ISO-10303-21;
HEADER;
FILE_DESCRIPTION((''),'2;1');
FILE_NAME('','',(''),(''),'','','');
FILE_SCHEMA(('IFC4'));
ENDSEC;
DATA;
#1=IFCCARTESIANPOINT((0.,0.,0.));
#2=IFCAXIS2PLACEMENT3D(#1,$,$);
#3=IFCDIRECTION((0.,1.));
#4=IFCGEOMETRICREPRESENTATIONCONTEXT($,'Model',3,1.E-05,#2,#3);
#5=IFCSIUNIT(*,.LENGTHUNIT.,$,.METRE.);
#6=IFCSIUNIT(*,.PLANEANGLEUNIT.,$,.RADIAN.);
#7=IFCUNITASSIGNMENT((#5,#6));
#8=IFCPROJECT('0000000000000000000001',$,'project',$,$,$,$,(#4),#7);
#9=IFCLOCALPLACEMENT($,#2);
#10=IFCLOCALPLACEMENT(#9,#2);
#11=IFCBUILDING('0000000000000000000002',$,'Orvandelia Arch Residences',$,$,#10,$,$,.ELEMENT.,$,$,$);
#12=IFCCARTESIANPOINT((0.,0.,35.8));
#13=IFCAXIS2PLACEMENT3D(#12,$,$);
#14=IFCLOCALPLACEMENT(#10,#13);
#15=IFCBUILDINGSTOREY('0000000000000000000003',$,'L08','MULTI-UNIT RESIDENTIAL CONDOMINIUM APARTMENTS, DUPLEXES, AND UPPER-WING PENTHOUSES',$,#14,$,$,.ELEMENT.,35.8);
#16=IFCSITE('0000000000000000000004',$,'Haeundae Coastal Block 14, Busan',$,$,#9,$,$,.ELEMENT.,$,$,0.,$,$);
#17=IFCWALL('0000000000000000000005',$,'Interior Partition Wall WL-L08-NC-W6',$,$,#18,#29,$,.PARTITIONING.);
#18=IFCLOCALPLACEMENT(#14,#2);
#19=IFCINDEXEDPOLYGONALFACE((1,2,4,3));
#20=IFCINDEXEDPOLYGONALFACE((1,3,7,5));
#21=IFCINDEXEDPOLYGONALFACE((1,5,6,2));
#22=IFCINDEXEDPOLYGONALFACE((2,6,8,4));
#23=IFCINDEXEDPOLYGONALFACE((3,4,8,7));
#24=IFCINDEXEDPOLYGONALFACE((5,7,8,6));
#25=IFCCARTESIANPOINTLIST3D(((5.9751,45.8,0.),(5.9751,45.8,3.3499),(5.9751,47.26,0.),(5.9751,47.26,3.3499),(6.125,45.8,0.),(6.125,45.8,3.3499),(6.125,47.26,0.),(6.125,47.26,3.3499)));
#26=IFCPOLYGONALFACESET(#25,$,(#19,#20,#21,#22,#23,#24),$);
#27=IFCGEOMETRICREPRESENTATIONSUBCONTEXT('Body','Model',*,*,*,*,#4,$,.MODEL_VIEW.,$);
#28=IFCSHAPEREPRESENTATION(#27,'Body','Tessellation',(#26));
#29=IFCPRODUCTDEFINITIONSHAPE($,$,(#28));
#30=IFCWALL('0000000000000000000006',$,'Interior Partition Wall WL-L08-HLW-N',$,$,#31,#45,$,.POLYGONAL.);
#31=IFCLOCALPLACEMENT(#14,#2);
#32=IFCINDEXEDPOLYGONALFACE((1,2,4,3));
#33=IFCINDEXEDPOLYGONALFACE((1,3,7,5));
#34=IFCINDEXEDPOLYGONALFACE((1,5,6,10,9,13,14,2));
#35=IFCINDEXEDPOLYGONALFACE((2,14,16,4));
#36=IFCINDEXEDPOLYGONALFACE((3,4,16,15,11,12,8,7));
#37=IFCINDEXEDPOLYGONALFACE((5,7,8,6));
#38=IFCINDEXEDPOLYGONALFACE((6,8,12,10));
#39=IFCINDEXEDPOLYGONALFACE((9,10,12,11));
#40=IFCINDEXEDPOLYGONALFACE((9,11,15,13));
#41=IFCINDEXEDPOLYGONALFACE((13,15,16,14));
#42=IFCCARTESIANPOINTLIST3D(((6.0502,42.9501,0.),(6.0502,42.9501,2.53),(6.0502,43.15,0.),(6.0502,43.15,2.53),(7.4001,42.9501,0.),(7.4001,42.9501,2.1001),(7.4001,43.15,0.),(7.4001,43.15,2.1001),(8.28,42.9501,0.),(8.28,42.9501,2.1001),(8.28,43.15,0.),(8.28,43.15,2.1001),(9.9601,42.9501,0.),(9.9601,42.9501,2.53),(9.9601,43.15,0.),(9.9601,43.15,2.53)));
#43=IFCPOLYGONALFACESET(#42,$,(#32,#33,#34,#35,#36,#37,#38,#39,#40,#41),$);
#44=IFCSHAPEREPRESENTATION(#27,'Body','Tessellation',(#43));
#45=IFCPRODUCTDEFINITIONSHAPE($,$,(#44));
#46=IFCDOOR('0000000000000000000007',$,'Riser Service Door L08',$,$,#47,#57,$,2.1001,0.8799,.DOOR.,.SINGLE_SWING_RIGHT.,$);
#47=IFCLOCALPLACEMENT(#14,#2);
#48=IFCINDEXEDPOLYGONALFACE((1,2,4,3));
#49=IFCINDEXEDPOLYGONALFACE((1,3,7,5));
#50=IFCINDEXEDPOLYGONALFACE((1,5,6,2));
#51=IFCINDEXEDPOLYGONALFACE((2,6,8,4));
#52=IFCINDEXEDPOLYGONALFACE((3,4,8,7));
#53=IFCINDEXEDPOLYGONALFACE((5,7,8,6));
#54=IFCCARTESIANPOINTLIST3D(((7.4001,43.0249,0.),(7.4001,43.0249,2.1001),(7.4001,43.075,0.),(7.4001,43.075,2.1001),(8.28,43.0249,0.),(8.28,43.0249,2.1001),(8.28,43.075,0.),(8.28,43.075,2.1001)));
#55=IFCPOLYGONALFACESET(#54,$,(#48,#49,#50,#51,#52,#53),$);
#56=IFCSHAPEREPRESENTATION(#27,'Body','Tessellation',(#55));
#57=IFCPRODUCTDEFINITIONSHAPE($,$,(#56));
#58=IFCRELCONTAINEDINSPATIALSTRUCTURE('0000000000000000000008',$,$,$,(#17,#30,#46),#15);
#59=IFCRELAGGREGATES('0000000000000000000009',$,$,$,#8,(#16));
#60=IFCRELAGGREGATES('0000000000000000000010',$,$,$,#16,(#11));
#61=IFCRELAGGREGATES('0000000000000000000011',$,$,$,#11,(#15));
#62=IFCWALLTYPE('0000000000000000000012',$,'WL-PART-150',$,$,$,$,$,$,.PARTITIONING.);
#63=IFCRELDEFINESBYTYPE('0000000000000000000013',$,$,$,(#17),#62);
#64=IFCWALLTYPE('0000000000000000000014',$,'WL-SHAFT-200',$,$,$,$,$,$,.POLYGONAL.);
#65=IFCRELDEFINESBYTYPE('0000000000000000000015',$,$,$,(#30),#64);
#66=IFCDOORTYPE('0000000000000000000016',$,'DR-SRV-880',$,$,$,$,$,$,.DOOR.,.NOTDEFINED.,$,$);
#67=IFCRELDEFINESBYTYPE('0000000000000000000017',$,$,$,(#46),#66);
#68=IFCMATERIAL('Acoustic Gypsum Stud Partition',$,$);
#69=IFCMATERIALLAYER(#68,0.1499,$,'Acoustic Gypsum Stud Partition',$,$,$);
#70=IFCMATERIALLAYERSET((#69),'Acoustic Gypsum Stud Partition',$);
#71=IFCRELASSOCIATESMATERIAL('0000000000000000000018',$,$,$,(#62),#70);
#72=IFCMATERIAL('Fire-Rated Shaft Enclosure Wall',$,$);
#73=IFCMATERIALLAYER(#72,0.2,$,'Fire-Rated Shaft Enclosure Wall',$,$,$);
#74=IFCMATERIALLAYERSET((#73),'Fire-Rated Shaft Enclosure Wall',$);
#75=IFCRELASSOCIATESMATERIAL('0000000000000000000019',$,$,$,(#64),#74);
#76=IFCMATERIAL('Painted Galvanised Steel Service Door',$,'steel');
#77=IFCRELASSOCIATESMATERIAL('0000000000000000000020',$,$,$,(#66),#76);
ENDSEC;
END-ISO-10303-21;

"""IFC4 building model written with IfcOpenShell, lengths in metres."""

from ifc_helpers import new_model, si_unit, direction, frame, frame_2d, origin, place, context, subcontext, project, spatial, rectangle, extrude, material, layer, layer_set, type_object, element, fill, save


model = new_model("IFC4")

# Units and contexts
model_context = context("Model", 3, precision=1e-05, world=origin(), true_north=direction((0.0, 1.0)))
body_context = subcontext(model_context, "Body", "Model", "MODEL_VIEW")
ifc_project = project(units=[si_unit("LENGTHUNIT", "METRE"), si_unit("PLANEANGLEUNIT", "RADIAN")], contexts=[model_context])

# Site, building, storey
site_placement = place(None, origin())
site = spatial("IfcSite", under=ifc_project, at=site_placement, Name="Haeundae Coastal Block 14, Busan", CompositionType="ELEMENT", RefElevation=0.0)
building_placement = place(site_placement, origin())
building = spatial("IfcBuilding", under=site, at=building_placement, Name="Orvandelia Arch Residences", CompositionType="ELEMENT")
storey_placement = place(building_placement, frame((0.0, 0.0, 35.8)))
storey = spatial("IfcBuildingStorey", under=building, at=storey_placement, Name="L08", Description="MULTI-UNIT RESIDENTIAL CONDOMINIUM APARTMENTS, DUPLEXES, AND UPPER-WING PENTHOUSES", CompositionType="ELEMENT", Elevation=35.8)

# Wall
ifc_material_1 = material(Name="Acoustic Gypsum Stud Partition")
ifc_layer_1 = layer(ifc_material_1, 0.1499, Name="Acoustic Gypsum Stud Partition")
ifc_layer_set_1 = layer_set([ifc_layer_1], Name="Acoustic Gypsum Stud Partition")
wall_type_1 = type_object("IfcWallType", Name="WL-PART-150", PredefinedType="PARTITIONING", material=ifc_layer_set_1)
wall_1_placement = place(storey_placement, frame((6.05, 45.8, 0.0), z_axis=(0.0, 0.0, 1.0), x_axis=(0.0, 1.0, 0.0)))
element("IfcWall", 1, at=wall_1_placement, inside=storey, type_object=wall_type_1, Name="Interior Partition Wall WL-L08-NC-W6", PredefinedType="PARTITIONING", context=body_context, shape_type="SweptSolid", body=[
    extrude(rectangle(XDim=1.46, YDim=0.1499, at=frame_2d((0.73, 0.0))), origin(), (0.0, 0.0, 1.0), 3.3499),
])

# Wall, opening, door
ifc_material_2 = material(Name="Fire-Rated Shaft Enclosure Wall")
ifc_layer_2 = layer(ifc_material_2, 0.2, Name="Fire-Rated Shaft Enclosure Wall")
ifc_layer_set_2 = layer_set([ifc_layer_2], Name="Fire-Rated Shaft Enclosure Wall")
wall_type_2 = type_object("IfcWallType", Name="WL-SHAFT-200", PredefinedType="POLYGONAL", material=ifc_layer_set_2)
wall_2_placement = place(storey_placement, frame((6.05, 43.05, 0.0), z_axis=(0.0, 0.0, 1.0), x_axis=(1.0, 0.0, 0.0)))
wall_2 = element("IfcWall", 2, at=wall_2_placement, inside=storey, type_object=wall_type_2, Name="Interior Partition Wall WL-L08-HLW-N", PredefinedType="POLYGONAL", context=body_context, shape_type="SweptSolid", body=[
    extrude(rectangle(XDim=3.9099, YDim=0.2, at=frame_2d((1.9551, 0.0))), origin(), (0.0, 0.0, 1.0), 2.53),
])
opening_1_placement = place(wall_2_placement, frame((1.3501, 0.0, 0.0)))
opening_1 = element("IfcOpeningElement", 3, at=opening_1_placement, cuts=wall_2, PredefinedType="OPENING", context=body_context, shape_type="SweptSolid", body=[
    extrude(rectangle(XDim=0.8799, YDim=2.1001, at=frame_2d((0.4399, 1.05))), frame((0.0, 0.1099, 0.0), z_axis=(0.0, -1.0, 0.0), x_axis=(1.0, 0.0, 0.0)), (0.0, 0.0, 1.0), 0.22),
])
ifc_material_3 = material(Name="Painted Galvanised Steel Service Door", Category="steel")
door_type = type_object("IfcDoorType", Name="DR-SRV-880", OperationType="NOTDEFINED", PredefinedType="DOOR", material=ifc_material_3)
door_placement = place(opening_1_placement, origin())
door = element("IfcDoor", 4, at=door_placement, inside=storey, type_object=door_type, Name="Riser Service Door L08", OperationType="SINGLE_SWING_RIGHT", OverallHeight=2.1001, OverallWidth=0.8799, PredefinedType="DOOR", context=body_context, shape_type="SweptSolid", body=[
    extrude(rectangle(XDim=0.8799, YDim=2.1001, at=frame_2d((0.4399, 1.05))), frame((0.0, 0.0249, 0.0), z_axis=(0.0, -1.0, 0.0), x_axis=(1.0, 0.0, 0.0)), (0.0, 0.0, 1.0), 0.05),
])
fill(opening_1, door)

save(model, "model.ifc")
